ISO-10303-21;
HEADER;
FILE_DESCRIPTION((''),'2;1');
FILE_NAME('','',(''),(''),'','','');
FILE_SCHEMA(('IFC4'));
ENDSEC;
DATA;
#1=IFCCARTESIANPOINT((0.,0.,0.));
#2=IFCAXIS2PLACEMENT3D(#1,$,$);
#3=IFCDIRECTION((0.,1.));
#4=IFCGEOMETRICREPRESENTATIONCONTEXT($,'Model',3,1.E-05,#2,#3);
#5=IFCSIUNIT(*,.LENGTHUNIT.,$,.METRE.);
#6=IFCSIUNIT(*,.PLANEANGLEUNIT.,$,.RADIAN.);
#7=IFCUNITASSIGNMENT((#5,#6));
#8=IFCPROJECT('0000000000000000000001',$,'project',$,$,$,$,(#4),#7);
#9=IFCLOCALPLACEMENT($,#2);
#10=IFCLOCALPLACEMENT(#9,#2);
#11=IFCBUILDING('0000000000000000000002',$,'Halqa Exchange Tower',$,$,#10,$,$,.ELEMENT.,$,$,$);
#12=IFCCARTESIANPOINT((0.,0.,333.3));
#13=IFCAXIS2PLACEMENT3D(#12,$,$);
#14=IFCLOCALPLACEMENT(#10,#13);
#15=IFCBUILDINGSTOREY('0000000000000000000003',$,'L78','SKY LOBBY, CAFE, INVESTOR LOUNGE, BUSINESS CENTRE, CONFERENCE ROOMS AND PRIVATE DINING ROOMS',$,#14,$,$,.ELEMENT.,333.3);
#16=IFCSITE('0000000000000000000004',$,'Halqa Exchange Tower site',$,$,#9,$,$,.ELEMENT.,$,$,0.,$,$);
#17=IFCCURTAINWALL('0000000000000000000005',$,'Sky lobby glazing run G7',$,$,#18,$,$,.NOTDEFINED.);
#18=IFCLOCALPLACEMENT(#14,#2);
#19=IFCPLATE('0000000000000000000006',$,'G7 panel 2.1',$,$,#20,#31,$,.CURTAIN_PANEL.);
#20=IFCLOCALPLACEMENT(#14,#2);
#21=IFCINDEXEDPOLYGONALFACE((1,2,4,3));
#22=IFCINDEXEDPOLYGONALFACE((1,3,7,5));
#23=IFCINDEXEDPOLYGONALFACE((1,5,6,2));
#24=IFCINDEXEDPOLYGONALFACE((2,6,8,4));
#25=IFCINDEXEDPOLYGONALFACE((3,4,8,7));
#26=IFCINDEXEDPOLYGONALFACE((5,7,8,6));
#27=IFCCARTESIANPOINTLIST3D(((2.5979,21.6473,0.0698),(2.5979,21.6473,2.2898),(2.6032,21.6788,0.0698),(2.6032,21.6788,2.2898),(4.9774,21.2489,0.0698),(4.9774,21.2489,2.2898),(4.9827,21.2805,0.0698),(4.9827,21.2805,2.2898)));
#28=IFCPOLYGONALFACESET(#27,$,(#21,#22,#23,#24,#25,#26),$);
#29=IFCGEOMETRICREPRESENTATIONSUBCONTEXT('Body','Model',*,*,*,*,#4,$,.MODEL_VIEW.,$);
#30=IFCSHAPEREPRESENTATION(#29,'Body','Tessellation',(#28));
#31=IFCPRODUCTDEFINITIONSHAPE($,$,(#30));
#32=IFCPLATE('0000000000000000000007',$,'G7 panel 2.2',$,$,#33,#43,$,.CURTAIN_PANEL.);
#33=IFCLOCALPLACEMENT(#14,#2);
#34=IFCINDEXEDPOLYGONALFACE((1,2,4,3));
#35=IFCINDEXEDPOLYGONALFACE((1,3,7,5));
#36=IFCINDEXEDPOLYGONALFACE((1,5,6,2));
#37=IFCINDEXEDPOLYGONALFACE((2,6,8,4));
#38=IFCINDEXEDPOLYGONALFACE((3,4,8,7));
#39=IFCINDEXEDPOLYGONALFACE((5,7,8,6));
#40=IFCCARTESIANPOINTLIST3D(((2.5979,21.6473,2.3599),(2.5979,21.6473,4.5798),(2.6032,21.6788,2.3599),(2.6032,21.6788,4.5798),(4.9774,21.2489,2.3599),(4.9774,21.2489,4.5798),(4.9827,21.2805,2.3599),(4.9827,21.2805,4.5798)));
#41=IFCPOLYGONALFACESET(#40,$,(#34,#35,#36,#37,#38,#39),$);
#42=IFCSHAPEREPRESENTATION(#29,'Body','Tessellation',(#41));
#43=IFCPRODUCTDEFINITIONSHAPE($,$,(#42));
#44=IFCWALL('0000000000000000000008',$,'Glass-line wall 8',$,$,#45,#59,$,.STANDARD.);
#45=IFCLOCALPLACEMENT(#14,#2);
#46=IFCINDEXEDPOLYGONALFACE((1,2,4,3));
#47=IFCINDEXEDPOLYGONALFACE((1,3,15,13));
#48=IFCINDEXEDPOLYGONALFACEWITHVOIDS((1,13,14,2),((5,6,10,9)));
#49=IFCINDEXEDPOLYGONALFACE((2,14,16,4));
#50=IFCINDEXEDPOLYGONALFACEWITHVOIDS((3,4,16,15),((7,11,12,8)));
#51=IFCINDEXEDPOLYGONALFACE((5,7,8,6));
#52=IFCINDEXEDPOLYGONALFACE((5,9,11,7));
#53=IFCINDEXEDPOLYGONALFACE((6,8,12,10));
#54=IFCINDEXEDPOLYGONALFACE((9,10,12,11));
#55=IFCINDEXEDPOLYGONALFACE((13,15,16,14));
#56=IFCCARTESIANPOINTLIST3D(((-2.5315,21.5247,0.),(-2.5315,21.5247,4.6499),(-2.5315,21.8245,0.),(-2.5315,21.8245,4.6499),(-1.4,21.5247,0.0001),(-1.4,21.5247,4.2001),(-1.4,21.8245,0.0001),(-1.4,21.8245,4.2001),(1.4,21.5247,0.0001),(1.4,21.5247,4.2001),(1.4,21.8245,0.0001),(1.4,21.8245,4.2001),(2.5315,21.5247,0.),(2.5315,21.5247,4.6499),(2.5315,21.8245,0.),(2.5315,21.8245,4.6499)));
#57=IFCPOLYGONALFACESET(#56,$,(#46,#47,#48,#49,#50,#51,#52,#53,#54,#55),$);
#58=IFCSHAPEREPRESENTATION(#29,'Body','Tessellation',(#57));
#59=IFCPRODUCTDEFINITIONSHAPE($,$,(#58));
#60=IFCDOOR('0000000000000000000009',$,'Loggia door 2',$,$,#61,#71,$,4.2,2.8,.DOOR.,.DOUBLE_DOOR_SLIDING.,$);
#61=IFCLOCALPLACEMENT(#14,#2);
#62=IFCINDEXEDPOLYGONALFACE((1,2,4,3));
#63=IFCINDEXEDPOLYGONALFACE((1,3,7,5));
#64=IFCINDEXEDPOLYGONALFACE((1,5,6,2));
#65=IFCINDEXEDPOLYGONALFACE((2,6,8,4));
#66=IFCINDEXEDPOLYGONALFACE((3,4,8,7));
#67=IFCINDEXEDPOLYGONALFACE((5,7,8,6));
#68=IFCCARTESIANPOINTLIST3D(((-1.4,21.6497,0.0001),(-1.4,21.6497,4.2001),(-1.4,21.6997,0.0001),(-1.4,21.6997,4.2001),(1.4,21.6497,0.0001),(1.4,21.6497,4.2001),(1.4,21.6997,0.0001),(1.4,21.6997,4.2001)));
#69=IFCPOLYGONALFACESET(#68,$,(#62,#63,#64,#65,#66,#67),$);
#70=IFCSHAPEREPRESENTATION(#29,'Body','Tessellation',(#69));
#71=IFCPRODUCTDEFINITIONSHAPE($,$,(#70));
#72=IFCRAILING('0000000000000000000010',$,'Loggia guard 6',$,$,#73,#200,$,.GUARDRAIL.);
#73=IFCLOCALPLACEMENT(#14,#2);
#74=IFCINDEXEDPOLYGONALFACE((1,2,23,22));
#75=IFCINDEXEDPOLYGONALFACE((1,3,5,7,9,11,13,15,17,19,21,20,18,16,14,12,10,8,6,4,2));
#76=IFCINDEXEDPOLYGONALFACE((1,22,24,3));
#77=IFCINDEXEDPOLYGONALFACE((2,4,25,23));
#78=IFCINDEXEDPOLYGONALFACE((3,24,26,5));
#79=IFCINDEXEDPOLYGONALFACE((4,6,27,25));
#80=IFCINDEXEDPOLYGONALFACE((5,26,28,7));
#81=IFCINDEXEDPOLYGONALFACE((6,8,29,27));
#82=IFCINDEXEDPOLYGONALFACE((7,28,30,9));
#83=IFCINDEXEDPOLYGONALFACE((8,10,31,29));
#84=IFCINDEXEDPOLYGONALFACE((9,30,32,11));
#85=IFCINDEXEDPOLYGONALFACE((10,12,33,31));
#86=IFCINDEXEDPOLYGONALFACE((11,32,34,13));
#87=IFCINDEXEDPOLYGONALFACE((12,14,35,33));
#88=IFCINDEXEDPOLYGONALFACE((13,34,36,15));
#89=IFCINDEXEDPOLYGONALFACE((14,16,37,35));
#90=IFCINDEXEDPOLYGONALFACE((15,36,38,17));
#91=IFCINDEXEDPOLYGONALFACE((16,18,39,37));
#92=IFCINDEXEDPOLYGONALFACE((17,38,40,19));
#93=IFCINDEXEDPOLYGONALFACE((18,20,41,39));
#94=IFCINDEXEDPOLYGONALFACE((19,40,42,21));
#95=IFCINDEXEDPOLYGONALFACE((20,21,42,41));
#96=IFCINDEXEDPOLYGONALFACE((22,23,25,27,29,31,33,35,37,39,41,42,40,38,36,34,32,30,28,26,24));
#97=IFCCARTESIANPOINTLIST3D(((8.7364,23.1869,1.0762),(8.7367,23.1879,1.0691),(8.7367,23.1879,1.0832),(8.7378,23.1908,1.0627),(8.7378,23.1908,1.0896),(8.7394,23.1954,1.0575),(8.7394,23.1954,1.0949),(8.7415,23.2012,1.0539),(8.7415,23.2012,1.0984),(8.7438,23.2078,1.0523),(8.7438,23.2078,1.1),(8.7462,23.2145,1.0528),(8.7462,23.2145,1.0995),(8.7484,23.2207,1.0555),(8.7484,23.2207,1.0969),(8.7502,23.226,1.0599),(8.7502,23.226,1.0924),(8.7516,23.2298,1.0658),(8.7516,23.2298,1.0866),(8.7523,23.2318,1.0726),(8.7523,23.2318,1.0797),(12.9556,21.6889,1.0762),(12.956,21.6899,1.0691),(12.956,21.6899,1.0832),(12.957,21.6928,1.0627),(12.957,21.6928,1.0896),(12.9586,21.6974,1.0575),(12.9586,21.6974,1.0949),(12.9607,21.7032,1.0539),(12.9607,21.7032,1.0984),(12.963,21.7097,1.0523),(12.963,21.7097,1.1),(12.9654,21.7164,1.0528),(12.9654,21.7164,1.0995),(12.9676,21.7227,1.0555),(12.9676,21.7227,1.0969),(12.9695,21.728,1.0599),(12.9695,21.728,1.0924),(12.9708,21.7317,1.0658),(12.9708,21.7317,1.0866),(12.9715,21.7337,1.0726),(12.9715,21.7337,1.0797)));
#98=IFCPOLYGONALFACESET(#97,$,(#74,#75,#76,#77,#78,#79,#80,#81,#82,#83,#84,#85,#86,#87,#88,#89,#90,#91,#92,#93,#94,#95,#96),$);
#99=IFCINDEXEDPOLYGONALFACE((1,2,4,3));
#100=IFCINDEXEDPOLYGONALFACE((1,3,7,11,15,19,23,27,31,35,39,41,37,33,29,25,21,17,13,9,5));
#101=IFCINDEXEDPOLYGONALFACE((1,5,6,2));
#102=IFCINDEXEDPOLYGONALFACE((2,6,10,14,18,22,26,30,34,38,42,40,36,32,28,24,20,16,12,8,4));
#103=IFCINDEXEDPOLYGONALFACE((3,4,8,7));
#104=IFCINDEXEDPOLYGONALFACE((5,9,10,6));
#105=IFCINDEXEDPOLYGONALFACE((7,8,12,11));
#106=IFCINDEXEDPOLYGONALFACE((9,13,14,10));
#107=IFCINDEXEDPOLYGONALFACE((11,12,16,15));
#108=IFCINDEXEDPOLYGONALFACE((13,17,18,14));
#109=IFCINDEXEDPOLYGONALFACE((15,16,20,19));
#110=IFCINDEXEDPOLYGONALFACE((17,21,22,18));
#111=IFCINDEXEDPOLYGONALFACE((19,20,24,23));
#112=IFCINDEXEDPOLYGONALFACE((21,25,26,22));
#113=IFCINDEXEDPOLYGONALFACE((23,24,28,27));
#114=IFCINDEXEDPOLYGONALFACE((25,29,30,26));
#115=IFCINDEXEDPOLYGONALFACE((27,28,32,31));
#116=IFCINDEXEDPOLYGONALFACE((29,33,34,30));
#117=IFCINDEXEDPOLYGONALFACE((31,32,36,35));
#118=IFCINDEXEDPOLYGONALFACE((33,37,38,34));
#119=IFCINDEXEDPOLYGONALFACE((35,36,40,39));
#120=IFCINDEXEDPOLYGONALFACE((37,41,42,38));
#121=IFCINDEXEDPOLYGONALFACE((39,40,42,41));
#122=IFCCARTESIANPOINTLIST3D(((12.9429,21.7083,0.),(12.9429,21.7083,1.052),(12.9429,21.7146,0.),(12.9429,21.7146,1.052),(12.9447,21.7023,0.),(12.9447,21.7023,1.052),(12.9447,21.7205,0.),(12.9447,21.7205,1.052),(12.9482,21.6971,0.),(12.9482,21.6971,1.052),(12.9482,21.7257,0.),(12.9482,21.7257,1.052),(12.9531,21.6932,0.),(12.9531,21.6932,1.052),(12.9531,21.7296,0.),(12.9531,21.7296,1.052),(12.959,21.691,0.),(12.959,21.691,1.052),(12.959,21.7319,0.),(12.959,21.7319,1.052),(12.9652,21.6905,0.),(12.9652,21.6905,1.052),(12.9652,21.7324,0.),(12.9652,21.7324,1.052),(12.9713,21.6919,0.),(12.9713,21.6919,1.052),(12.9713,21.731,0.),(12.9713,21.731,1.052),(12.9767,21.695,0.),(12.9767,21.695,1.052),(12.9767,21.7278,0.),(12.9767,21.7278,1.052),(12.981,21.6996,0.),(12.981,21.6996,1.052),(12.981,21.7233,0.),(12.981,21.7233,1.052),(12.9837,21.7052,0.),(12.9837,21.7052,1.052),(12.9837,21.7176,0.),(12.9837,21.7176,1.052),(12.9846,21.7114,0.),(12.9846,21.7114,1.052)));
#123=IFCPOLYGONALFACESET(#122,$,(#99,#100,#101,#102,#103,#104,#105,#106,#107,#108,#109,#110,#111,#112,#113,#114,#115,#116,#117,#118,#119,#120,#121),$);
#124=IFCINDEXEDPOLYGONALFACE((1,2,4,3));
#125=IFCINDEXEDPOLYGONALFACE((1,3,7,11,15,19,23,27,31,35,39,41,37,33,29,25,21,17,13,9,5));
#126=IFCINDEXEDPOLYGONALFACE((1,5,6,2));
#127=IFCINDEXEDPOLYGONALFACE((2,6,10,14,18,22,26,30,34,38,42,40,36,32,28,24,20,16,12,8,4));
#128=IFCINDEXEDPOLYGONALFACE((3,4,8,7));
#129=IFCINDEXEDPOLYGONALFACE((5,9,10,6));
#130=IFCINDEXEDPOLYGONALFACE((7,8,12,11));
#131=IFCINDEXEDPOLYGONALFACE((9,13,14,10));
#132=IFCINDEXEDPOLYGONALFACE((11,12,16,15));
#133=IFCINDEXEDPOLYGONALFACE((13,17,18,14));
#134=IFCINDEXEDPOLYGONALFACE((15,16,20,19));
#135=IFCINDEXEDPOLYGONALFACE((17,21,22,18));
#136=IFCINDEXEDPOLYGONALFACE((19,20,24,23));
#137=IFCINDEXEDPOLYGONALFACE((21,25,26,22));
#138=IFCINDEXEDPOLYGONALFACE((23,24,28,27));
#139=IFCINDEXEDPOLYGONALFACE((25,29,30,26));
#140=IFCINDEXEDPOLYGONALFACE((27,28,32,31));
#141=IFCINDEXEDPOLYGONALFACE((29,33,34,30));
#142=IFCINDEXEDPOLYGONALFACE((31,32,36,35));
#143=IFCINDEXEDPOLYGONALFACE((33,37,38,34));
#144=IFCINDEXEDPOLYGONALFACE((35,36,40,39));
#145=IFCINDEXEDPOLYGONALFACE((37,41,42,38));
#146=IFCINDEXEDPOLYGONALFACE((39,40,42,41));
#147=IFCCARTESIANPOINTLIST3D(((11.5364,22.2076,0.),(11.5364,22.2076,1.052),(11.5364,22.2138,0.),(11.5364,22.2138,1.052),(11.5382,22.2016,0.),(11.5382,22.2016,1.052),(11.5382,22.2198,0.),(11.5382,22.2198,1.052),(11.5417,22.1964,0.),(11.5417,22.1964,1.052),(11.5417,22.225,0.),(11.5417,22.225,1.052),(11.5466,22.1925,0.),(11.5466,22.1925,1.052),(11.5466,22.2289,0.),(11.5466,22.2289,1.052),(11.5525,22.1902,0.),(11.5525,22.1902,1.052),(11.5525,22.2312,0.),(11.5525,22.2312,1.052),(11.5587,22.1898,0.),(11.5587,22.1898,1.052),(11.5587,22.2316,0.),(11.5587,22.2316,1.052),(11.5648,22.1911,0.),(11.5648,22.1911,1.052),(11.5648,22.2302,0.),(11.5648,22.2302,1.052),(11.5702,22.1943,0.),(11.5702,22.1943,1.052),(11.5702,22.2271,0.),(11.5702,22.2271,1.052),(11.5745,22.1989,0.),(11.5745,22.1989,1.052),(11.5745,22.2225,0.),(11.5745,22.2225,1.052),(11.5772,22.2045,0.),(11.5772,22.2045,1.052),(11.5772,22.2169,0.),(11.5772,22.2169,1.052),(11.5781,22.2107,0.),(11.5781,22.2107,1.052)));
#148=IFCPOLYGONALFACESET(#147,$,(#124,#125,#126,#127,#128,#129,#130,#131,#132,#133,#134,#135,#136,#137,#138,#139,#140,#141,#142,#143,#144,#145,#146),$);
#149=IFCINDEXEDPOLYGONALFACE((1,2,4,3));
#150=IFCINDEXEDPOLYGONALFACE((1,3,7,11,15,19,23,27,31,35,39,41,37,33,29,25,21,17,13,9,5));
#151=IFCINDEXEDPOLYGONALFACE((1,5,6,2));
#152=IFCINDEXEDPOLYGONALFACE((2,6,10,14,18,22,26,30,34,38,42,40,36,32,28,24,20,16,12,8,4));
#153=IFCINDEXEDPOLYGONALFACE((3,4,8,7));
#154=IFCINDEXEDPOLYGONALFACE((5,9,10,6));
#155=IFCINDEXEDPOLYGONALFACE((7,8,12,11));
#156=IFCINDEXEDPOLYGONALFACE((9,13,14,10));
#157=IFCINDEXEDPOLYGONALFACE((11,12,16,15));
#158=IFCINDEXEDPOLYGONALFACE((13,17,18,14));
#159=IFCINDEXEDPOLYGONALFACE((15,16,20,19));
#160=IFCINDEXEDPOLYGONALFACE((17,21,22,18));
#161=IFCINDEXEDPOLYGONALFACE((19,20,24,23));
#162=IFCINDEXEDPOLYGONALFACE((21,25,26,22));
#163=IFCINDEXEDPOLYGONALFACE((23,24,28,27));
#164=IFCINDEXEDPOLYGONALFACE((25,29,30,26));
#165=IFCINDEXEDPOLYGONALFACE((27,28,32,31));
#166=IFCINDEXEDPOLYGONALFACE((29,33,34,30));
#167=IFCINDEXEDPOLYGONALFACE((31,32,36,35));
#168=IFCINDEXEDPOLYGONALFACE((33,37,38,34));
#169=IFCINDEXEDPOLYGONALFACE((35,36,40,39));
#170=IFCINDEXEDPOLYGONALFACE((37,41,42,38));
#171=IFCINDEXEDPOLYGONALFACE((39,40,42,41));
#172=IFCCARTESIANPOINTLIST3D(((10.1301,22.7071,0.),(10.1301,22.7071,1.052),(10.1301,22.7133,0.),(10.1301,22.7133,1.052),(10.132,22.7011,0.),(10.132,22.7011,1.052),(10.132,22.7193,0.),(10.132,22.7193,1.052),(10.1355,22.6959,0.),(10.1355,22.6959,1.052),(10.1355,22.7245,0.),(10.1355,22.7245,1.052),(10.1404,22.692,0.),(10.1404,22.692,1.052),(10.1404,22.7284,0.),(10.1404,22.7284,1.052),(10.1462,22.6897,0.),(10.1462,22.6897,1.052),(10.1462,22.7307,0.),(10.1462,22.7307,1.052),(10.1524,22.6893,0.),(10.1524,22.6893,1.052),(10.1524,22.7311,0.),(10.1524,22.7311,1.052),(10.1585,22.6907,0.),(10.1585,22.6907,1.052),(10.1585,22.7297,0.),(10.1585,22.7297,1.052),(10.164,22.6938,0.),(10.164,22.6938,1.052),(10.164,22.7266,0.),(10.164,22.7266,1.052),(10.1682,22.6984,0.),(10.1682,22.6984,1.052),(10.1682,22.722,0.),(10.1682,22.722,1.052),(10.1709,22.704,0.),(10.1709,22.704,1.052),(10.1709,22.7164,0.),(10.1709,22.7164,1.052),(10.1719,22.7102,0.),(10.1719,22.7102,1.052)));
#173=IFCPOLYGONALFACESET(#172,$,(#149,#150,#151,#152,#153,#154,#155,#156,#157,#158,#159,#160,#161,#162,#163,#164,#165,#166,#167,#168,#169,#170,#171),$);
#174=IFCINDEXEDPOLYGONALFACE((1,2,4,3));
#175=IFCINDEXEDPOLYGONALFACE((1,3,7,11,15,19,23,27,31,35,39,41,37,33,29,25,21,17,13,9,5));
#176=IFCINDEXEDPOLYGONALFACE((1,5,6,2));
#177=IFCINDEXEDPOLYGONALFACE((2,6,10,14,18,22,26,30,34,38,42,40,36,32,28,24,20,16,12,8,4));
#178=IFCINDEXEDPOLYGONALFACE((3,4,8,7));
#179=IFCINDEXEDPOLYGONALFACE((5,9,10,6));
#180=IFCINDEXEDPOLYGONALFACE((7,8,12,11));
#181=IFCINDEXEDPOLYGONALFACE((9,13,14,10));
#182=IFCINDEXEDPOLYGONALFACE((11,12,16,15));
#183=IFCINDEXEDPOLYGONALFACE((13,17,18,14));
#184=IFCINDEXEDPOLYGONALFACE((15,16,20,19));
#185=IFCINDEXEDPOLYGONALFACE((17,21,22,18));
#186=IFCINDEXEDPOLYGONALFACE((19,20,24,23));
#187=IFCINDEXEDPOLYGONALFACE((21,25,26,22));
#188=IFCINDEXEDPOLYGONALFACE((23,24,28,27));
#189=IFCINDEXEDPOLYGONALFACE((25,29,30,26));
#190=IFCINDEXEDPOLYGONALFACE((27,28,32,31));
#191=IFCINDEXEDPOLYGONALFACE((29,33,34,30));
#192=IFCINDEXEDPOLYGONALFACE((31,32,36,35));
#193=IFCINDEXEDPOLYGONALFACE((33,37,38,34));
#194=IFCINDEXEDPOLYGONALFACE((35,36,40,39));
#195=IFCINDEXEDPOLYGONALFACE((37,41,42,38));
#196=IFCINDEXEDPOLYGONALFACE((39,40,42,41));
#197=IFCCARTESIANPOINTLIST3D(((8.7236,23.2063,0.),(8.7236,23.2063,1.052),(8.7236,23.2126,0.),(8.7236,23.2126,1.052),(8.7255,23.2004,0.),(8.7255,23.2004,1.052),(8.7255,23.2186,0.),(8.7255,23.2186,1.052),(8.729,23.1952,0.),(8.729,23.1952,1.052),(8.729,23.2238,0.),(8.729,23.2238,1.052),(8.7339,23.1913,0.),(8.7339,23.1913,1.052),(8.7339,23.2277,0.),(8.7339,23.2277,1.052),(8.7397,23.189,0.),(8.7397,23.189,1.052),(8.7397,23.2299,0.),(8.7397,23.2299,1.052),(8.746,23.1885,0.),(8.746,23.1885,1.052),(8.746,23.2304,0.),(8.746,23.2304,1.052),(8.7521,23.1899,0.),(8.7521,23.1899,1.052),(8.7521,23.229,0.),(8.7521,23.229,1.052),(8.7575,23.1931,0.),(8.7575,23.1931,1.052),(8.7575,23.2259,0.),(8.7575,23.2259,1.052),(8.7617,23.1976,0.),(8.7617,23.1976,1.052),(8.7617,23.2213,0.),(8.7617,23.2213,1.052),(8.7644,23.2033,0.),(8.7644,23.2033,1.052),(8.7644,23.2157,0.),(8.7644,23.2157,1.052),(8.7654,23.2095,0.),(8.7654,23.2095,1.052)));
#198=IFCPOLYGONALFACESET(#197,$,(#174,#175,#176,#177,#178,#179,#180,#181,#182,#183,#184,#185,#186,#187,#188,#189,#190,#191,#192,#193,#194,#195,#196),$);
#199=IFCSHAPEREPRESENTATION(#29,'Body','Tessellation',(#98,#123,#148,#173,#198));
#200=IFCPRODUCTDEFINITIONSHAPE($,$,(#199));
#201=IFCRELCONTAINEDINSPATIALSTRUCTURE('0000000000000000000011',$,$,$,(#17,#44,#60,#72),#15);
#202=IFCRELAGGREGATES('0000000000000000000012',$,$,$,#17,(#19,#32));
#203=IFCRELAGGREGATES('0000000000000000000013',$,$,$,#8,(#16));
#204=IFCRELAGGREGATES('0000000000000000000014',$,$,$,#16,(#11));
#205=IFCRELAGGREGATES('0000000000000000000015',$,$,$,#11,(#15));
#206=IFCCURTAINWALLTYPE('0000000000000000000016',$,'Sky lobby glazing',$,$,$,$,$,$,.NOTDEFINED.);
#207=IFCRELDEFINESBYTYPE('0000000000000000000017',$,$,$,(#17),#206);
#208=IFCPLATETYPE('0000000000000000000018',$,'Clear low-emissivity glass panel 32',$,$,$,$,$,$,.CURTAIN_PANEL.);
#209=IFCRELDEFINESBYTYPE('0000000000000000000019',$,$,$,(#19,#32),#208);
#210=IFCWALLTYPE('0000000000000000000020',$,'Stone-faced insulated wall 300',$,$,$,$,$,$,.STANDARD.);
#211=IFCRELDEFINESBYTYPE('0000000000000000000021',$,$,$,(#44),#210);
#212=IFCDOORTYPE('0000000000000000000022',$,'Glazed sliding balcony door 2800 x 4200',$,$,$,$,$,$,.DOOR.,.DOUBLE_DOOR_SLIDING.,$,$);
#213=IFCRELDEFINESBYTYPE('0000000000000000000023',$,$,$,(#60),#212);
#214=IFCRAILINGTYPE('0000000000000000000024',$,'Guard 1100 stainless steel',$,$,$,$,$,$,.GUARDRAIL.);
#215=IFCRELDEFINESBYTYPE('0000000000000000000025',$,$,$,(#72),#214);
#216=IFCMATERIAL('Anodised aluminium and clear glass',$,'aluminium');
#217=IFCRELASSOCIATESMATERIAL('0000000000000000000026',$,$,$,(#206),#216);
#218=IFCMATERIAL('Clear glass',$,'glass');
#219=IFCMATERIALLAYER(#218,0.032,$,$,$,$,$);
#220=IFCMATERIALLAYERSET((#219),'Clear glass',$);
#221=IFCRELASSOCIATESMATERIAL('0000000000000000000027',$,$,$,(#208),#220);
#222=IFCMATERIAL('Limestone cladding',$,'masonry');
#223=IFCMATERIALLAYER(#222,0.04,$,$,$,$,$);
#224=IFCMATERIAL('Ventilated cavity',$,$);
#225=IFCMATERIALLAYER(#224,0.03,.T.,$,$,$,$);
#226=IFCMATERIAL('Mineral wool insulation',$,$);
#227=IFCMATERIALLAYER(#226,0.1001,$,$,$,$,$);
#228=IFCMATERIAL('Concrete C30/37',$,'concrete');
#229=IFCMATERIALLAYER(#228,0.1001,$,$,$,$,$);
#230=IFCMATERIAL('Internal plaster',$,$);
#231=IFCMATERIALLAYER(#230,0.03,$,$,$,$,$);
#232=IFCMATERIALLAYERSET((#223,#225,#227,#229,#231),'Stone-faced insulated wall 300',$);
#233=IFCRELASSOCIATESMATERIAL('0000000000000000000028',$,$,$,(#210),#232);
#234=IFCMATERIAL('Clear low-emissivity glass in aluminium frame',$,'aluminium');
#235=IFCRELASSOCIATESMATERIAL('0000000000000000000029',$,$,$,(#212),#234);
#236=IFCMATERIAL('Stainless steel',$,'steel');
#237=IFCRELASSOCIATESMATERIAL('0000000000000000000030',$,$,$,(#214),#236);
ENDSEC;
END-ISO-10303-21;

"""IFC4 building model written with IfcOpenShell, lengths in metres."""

from ifc_helpers import new_model, si_unit, direction, frame, frame_2d, origin, origin_2d, place, context, subcontext, project, spatial, polyline, rectangle, circle, outline, extrude, material, layer, layer_set, type_object, element, fill, aggregate, save


model = new_model("IFC4")

# Units and contexts
model_context = context("Model", 3, precision=1e-05, world=origin(), true_north=direction((0.0, 1.0)))
body_context = subcontext(model_context, "Body", "Model", "MODEL_VIEW")
ifc_project = project(units=[si_unit("LENGTHUNIT", "METRE"), si_unit("PLANEANGLEUNIT", "RADIAN")], contexts=[model_context])

# Site, building, storey
site_placement = place(None, origin())
site = spatial("IfcSite", under=ifc_project, at=site_placement, Name="Halqa Exchange Tower site", CompositionType="ELEMENT", RefElevation=0.0)
building_placement = place(site_placement, origin())
building = spatial("IfcBuilding", under=site, at=building_placement, Name="Halqa Exchange Tower", CompositionType="ELEMENT")
storey_placement = place(building_placement, frame((0.0, 0.0, 333.3)))
storey = spatial("IfcBuildingStorey", under=building, at=storey_placement, Name="L78", Description="SKY LOBBY, CAFE, INVESTOR LOUNGE, BUSINESS CENTRE, CONFERENCE ROOMS AND PRIVATE DINING ROOMS", CompositionType="ELEMENT", Elevation=333.3)

# Curtain wall
ifc_material_1 = material(Name="Anodised aluminium and clear glass", Category="aluminium")
curtain_wall_type = type_object("IfcCurtainWallType", Name="Sky lobby glazing", PredefinedType="NOTDEFINED", material=ifc_material_1)
curtain_wall_1_placement = place(storey_placement, origin())
curtain_wall_1 = element("IfcCurtainWall", 1, at=curtain_wall_1_placement, inside=storey, type_object=curtain_wall_type, Name="Sky lobby glazing run G7", PredefinedType="NOTDEFINED")

# Plates
ifc_material_2 = material(Name="Clear glass", Category="glass")
ifc_layer_1 = layer(ifc_material_2, 0.032)
ifc_layer_set_1 = layer_set([ifc_layer_1], Name="Clear glass")
plate_type = type_object("IfcPlateType", Name="Clear low-emissivity glass panel 32", PredefinedType="CURTAIN_PANEL", material=ifc_layer_set_1)
plate_1_placement = place(storey_placement, frame((3.7903, 21.4639, 0.0698), z_axis=(0.0, 0.0, 1.0), x_axis=(-0.986274, 0.165117, 0.0)))
plate_1 = element("IfcPlate", 2, at=plate_1_placement, type_object=plate_type, Name="G7 panel 2.1", PredefinedType="CURTAIN_PANEL", context=body_context, shape_type="SweptSolid", body=[
    extrude(rectangle(XDim=2.4126, YDim=0.032, at=origin_2d()), origin(), (0.0, 0.0, 1.0), 2.22),
])
plate_2_placement = place(storey_placement, frame((3.7903, 21.4639, 2.3599), z_axis=(0.0, 0.0, 1.0), x_axis=(-0.986274, 0.165117, 0.0)))
plate_2 = element("IfcPlate", 3, at=plate_2_placement, type_object=plate_type, Name="G7 panel 2.2", PredefinedType="CURTAIN_PANEL", context=body_context, shape_type="SweptSolid", body=[
    extrude(rectangle(XDim=2.4126, YDim=0.032, at=origin_2d()), origin(), (0.0, 0.0, 1.0), 2.22),
])
aggregate(curtain_wall_1, [plate_1, plate_2])

# Wall, opening, door
ifc_material_3 = material(Name="Limestone cladding", Category="masonry")
ifc_layer_2 = layer(ifc_material_3, 0.04)
ifc_material_4 = material(Name="Ventilated cavity")
ifc_layer_3 = layer(ifc_material_4, 0.03, ventilated=True)
ifc_material_5 = material(Name="Mineral wool insulation")
ifc_layer_4 = layer(ifc_material_5, 0.1001)
ifc_material_6 = material(Name="Concrete C30/37", Category="concrete")
ifc_layer_5 = layer(ifc_material_6, 0.1001)
ifc_material_7 = material(Name="Internal plaster")
ifc_layer_6 = layer(ifc_material_7, 0.03)
ifc_layer_set_2 = layer_set([ifc_layer_2, ifc_layer_3, ifc_layer_4, ifc_layer_5, ifc_layer_6], Name="Stone-faced insulated wall 300")
wall_type = type_object("IfcWallType", Name="Stone-faced insulated wall 300", PredefinedType="STANDARD", material=ifc_layer_set_2)
wall_placement = place(storey_placement, frame((2.5315, 21.6746, 0.0), z_axis=(0.0, 0.0, 1.0), x_axis=(-1.0, 0.0, 0.0)))
wall = element("IfcWall", 4, at=wall_placement, inside=storey, type_object=wall_type, Name="Glass-line wall 8", PredefinedType="STANDARD", context=body_context, shape_type="SweptSolid", body=[
    extrude(outline(polyline([(0.0, -0.1499), (5.063, -0.1499), (5.063, 0.1499), (0.0, 0.1499), (0.0, -0.1499)])), origin(), (0.0, 0.0, 1.0), 4.6499),
])
opening_placement = place(wall_placement, frame((1.1316, 0.0, 0.0)))
opening = element("IfcOpeningElement", 5, at=opening_placement, cuts=wall, PredefinedType="OPENING", context=body_context, shape_type="SweptSolid", body=[
    extrude(rectangle(XDim=2.8, YDim=4.2, at=frame_2d((1.3999, 2.1001))), frame((0.0, 0.1621, 0.0), z_axis=(0.0, -1.0, 0.0), x_axis=(1.0, 0.0, 0.0)), (0.0, 0.0, 1.0), 0.324),
])
ifc_material_8 = material(Name="Clear low-emissivity glass in aluminium frame", Category="aluminium")
door_type = type_object("IfcDoorType", Name="Glazed sliding balcony door 2800 x 4200", OperationType="DOUBLE_DOOR_SLIDING", PredefinedType="DOOR", material=ifc_material_8)
door_placement = place(opening_placement, origin())
door = element("IfcDoor", 6, at=door_placement, inside=storey, type_object=door_type, Name="Loggia door 2", OperationType="DOUBLE_DOOR_SLIDING", OverallHeight=4.2, OverallWidth=2.8, PredefinedType="DOOR", context=body_context, shape_type="SweptSolid", body=[
    extrude(rectangle(XDim=2.8, YDim=4.2, at=frame_2d((1.3999, 2.1001))), frame((0.0, 0.0249, 0.0), z_axis=(0.0, -1.0, 0.0), x_axis=(1.0, 0.0, 0.0)), (0.0, 0.0, 1.0), 0.05),
])
fill(opening, door)

# Railing
ifc_material_9 = material(Name="Stainless steel", Category="steel")
railing_type = type_object("IfcRailingType", Name="Guard 1100 stainless steel", PredefinedType="GUARDRAIL", material=ifc_material_9)
railing_1_placement = place(storey_placement, frame((12.9636, 21.7114, 0.0)))
element("IfcRailing", 7, at=railing_1_placement, inside=storey, type_object=railing_type, Name="Loggia guard 6", PredefinedType="GUARDRAIL", context=body_context, shape_type="SweptSolid", body=[
    extrude(circle(Radius=0.0239, at=origin_2d()), frame((0.0, 0.0, 1.0762), z_axis=(-0.942365, 0.334588, 0.0), x_axis=(-0.334588, -0.942365, 0.0)), (0.0, 0.0, 1.0), 4.4773),
    extrude(circle(Radius=0.021, at=origin_2d()), origin(), (0.0, 0.0, 1.0), 1.052),
    extrude(circle(Radius=0.021, at=origin_2d()), frame((-1.4065, 0.4993, 0.0)), (0.0, 0.0, 1.0), 1.052),
    extrude(circle(Radius=0.021, at=origin_2d()), frame((-2.8127, 0.9988, 0.0)), (0.0, 0.0, 1.0), 1.052),
    extrude(circle(Radius=0.021, at=origin_2d()), frame((-4.2192, 1.498, 0.0)), (0.0, 0.0, 1.0), 1.052),
])

save(model, "model.ifc")
